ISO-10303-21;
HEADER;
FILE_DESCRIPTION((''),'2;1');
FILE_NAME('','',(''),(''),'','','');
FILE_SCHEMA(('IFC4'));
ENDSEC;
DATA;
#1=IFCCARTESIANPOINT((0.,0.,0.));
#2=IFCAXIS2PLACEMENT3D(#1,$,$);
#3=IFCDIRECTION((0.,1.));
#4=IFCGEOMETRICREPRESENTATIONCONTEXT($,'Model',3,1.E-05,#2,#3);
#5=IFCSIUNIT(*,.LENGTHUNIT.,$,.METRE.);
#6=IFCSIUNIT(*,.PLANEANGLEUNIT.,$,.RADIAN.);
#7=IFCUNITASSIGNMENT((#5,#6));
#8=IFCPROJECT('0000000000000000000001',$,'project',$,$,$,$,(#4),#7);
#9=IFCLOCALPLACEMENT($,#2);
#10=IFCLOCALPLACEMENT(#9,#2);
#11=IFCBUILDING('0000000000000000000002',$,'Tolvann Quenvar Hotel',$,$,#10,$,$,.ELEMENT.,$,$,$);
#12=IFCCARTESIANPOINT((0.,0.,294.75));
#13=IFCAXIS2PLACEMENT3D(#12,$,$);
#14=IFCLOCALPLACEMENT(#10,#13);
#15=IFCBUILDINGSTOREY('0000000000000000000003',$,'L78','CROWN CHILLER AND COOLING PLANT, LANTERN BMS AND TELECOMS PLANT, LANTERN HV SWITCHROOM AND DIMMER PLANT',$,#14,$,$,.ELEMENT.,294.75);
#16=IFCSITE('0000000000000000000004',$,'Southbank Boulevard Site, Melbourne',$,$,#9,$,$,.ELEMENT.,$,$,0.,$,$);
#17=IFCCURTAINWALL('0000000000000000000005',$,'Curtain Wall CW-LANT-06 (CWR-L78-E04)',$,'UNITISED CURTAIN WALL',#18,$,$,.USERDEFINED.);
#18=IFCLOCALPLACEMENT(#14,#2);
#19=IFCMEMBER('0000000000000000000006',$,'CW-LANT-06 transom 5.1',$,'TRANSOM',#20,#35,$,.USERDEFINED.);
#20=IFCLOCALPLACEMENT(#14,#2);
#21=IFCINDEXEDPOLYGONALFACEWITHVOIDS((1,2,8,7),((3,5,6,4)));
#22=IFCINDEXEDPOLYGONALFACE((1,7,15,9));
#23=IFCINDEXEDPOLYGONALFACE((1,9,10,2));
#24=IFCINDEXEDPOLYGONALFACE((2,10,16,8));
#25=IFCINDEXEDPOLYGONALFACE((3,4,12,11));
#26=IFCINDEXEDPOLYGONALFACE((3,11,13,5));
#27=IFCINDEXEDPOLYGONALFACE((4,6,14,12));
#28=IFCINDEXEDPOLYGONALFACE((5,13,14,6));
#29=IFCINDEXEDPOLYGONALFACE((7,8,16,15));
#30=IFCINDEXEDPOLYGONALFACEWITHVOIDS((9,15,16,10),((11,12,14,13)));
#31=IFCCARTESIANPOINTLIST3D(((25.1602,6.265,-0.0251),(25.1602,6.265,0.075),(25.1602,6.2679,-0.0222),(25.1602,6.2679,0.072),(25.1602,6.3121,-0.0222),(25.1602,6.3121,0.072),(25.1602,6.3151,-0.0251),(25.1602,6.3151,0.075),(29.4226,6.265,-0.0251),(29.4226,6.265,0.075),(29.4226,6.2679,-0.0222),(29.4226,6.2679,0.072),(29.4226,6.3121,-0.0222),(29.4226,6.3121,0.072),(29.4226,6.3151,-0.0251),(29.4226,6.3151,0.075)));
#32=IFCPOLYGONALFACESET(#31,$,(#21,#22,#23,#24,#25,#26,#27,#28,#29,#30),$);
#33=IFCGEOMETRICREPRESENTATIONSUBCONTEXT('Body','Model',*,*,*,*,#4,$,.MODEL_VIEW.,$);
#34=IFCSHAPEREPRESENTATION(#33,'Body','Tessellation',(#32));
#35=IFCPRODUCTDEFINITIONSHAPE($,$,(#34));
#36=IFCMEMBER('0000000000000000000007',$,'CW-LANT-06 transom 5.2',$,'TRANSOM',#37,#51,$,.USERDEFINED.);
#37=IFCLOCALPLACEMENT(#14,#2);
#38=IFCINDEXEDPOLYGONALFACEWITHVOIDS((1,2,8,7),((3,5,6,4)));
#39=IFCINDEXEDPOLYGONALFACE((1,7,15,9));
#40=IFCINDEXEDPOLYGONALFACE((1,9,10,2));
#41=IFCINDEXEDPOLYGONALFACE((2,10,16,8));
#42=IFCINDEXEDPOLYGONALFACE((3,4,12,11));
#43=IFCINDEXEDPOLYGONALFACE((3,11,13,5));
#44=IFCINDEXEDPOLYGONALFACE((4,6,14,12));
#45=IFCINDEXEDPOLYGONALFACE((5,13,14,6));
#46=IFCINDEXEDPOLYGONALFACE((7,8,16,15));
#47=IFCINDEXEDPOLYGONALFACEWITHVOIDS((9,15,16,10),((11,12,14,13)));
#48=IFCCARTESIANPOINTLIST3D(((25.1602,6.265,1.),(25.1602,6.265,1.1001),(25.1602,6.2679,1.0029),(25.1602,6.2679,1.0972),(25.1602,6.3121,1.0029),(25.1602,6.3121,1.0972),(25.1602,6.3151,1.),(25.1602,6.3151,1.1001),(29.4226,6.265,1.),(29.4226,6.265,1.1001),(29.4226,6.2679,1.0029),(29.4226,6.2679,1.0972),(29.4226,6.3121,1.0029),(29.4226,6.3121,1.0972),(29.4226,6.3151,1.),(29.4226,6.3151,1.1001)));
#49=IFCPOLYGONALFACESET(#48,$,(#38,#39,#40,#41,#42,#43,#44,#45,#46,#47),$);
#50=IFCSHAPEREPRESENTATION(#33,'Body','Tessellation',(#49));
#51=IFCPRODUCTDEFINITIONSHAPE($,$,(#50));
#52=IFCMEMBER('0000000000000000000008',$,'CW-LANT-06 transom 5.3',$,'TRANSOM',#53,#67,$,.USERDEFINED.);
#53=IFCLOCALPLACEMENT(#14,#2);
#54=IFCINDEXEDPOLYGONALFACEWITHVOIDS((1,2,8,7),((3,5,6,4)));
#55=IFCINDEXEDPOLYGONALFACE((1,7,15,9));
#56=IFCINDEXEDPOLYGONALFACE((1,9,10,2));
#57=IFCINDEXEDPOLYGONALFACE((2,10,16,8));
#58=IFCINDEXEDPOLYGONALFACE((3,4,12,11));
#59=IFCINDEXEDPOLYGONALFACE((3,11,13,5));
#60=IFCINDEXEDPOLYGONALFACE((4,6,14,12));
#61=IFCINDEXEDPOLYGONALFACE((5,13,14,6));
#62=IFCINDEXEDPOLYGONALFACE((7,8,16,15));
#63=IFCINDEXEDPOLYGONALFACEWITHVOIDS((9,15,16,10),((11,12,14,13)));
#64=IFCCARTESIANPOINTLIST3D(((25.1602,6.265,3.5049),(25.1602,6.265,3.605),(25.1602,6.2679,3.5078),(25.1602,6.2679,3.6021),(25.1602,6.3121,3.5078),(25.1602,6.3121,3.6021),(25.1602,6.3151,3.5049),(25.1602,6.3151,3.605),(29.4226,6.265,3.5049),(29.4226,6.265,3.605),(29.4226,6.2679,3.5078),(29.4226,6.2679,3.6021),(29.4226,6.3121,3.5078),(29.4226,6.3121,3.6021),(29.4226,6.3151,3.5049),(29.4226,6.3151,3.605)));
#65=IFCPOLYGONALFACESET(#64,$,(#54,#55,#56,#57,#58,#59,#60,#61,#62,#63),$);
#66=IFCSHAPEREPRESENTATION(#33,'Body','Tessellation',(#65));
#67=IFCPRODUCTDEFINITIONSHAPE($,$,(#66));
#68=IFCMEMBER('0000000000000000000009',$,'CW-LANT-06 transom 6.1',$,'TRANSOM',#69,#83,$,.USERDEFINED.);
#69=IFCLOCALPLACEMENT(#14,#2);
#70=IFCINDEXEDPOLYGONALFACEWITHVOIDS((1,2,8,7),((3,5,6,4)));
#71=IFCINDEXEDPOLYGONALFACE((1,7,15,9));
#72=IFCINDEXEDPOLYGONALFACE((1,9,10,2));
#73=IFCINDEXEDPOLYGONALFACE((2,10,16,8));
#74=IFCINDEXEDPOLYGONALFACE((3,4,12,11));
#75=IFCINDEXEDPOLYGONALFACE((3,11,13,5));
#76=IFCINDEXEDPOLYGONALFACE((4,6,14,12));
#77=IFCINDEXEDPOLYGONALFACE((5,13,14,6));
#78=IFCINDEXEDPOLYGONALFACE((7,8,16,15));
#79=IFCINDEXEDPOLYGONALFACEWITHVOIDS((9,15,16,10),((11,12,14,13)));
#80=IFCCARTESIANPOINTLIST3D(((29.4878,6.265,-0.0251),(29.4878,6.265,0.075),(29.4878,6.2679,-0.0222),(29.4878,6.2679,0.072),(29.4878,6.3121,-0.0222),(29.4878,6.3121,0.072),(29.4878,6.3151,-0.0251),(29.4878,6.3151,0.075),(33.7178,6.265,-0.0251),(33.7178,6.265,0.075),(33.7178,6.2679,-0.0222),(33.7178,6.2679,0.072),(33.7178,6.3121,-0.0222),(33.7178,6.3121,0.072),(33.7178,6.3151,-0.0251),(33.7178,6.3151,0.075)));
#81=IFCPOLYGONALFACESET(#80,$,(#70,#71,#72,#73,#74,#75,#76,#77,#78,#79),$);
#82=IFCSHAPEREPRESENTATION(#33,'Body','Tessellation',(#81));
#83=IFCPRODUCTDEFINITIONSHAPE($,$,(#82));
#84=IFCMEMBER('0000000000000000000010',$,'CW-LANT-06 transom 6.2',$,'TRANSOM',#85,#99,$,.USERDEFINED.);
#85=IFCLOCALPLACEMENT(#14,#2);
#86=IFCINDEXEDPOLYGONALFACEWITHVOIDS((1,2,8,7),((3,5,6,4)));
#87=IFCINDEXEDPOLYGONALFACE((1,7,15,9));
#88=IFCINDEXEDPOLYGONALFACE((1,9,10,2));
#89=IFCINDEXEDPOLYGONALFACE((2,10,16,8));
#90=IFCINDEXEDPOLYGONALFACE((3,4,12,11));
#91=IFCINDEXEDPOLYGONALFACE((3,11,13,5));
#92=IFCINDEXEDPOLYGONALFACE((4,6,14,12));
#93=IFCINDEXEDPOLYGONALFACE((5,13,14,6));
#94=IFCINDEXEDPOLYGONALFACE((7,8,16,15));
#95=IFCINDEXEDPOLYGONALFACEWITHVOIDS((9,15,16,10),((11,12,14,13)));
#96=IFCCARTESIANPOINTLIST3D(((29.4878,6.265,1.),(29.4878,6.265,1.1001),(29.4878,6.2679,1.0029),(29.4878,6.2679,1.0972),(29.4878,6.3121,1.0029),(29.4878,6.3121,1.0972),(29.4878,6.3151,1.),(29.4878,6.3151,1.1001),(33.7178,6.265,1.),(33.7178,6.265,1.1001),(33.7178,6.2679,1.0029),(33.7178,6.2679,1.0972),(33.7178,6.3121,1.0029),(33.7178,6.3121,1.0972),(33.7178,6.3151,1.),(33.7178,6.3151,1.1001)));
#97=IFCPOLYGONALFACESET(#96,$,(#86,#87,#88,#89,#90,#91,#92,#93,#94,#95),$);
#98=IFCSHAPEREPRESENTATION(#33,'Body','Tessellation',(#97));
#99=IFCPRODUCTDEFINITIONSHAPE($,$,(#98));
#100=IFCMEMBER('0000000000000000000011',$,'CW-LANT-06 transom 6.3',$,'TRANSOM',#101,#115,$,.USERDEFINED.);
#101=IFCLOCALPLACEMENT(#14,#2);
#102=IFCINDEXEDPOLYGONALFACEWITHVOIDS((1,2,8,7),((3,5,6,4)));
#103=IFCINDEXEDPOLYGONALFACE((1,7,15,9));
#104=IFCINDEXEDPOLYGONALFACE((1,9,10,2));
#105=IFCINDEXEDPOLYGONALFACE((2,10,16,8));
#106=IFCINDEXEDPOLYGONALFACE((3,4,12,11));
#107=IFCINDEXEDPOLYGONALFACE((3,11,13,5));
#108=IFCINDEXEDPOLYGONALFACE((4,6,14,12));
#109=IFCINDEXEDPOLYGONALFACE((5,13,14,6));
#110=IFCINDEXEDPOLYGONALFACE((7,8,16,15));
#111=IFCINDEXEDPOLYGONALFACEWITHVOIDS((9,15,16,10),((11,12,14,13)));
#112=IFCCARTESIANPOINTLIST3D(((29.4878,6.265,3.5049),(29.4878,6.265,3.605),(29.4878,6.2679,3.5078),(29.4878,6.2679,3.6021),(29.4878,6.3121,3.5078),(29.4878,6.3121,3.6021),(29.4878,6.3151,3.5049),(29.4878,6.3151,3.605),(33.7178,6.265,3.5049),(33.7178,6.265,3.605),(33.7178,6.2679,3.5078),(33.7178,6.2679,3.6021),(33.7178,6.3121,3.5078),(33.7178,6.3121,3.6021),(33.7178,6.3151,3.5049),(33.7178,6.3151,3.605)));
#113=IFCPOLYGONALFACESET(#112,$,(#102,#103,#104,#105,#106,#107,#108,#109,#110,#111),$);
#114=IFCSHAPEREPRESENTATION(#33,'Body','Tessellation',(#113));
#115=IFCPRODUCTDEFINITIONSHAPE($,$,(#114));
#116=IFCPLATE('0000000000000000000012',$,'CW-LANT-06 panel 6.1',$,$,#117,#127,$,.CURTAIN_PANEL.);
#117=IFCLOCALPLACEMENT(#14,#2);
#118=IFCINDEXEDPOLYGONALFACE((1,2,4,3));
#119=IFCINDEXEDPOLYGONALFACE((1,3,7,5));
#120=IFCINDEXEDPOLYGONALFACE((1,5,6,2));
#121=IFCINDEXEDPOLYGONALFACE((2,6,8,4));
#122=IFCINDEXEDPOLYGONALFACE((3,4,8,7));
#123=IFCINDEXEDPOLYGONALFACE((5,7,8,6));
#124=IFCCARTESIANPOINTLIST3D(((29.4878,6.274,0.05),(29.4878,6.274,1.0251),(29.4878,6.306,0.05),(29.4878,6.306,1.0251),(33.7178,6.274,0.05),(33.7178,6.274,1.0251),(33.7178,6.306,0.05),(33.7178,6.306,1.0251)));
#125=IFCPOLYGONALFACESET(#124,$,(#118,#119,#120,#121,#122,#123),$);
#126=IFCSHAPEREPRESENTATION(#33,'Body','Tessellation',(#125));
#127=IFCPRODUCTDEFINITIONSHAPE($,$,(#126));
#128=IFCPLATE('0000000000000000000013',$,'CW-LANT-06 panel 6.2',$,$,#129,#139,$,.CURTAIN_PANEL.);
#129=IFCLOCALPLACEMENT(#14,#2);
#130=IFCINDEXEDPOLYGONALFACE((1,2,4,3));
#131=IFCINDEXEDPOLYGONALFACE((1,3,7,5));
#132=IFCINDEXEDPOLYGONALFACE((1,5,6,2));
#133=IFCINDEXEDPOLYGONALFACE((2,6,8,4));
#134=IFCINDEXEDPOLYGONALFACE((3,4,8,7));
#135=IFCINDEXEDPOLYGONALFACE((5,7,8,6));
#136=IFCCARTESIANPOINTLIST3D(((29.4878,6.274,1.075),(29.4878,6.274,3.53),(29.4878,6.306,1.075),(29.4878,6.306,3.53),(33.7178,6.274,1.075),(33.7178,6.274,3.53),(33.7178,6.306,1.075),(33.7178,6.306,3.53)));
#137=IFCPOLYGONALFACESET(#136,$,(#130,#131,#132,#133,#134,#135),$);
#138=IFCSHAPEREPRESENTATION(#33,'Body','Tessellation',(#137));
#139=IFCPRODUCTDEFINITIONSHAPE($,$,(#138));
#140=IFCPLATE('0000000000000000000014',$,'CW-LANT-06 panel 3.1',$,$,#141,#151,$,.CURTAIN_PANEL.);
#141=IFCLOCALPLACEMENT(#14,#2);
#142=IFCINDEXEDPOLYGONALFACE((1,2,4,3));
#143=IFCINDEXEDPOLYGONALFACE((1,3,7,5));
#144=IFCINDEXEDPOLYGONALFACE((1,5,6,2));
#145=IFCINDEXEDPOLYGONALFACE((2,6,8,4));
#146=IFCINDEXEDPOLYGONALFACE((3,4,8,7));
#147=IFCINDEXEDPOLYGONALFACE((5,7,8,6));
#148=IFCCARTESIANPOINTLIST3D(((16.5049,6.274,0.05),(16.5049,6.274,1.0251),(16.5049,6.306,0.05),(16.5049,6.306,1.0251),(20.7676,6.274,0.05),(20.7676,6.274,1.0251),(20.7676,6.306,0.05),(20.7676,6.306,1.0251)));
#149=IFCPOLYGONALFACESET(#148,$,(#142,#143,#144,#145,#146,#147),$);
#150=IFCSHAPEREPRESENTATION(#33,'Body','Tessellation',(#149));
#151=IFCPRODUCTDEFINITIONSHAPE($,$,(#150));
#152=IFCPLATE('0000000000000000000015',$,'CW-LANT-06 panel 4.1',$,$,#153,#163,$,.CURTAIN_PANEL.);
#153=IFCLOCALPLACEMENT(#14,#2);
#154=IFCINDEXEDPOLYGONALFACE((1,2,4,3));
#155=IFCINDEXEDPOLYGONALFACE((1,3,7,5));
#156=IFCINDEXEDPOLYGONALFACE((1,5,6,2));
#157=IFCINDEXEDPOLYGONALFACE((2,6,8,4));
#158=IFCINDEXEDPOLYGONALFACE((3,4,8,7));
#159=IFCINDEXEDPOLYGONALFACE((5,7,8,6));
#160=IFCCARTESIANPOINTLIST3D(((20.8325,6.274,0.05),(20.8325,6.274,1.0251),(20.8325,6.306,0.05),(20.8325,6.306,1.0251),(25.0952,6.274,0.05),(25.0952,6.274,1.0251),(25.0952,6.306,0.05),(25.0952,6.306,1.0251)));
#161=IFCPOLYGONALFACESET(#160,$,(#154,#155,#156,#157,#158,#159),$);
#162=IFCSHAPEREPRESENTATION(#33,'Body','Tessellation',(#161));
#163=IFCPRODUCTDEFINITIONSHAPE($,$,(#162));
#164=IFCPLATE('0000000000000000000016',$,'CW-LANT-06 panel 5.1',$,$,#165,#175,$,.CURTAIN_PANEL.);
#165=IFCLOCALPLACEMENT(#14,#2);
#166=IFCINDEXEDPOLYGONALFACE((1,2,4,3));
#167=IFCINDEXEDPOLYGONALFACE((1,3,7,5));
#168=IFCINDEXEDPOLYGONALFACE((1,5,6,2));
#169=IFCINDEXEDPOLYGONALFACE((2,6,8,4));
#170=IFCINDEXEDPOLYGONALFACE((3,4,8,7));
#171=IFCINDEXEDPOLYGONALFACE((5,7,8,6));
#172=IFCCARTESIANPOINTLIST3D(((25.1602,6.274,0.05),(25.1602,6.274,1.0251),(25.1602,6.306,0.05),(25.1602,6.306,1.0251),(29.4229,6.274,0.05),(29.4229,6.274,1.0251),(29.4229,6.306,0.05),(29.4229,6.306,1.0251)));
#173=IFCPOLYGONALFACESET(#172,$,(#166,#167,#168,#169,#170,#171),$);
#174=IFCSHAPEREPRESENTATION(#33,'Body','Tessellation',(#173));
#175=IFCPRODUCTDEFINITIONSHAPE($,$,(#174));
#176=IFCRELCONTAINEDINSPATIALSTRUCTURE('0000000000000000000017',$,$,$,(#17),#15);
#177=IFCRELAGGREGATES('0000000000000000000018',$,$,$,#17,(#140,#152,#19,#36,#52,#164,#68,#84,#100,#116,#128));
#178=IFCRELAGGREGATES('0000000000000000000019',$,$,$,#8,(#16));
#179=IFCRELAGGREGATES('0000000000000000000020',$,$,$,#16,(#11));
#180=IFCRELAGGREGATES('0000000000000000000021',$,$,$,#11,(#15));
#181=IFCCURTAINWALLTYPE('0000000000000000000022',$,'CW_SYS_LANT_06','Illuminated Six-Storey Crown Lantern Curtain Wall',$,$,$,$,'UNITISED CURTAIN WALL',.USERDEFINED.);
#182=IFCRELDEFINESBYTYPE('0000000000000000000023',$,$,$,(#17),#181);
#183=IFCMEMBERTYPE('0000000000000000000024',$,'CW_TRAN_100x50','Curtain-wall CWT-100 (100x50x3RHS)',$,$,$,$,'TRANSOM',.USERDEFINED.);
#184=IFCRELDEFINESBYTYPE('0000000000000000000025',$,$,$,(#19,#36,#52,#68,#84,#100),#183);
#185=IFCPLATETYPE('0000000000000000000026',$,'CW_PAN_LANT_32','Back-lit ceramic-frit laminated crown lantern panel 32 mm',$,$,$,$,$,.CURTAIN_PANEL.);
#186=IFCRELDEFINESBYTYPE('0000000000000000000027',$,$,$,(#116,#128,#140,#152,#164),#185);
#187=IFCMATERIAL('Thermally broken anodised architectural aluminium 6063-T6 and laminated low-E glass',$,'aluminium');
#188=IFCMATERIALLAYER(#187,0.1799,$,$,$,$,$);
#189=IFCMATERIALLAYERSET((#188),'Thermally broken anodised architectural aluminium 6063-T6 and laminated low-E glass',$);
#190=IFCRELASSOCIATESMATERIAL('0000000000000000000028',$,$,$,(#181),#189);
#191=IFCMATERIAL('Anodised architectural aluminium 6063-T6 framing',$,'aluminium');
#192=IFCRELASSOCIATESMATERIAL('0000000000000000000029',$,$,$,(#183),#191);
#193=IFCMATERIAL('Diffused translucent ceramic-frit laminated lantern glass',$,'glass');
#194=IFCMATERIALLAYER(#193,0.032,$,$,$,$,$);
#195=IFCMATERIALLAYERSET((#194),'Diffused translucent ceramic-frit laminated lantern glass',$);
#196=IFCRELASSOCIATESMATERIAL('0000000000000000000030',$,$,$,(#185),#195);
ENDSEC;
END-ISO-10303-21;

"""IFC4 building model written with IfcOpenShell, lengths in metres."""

from ifc_helpers import new_model, si_unit, direction, frame, origin, origin_2d, place, context, subcontext, project, spatial, rectangle, hollow_rectangle, extrude, source, transform, mapped, material, layer, layer_set, material_profile, profile_set, type_object, element, aggregate, save


model = new_model("IFC4")

# Units and contexts
model_context = context("Model", 3, precision=1e-05, world=origin(), true_north=direction((0.0, 1.0)))
body_context = subcontext(model_context, "Body", "Model", "MODEL_VIEW")
ifc_project = project(units=[si_unit("LENGTHUNIT", "METRE"), si_unit("PLANEANGLEUNIT", "RADIAN")], contexts=[model_context])

# Site, building, storey
site_placement = place(None, origin())
site = spatial("IfcSite", under=ifc_project, at=site_placement, Name="Southbank Boulevard Site, Melbourne", CompositionType="ELEMENT", RefElevation=0.0)
building_placement = place(site_placement, origin())
building = spatial("IfcBuilding", under=site, at=building_placement, Name="Tolvann Quenvar Hotel", CompositionType="ELEMENT")
storey_placement = place(building_placement, frame((0.0, 0.0, 294.75)))
storey = spatial("IfcBuildingStorey", under=building, at=storey_placement, Name="L78", Description="CROWN CHILLER AND COOLING PLANT, LANTERN BMS AND TELECOMS PLANT, LANTERN HV SWITCHROOM AND DIMMER PLANT", CompositionType="ELEMENT", Elevation=294.75)

# Curtain wall
ifc_material_1 = material(Name="Thermally broken anodised architectural aluminium 6063-T6 and laminated low-E glass", Category="aluminium")
ifc_layer_1 = layer(ifc_material_1, 0.1799)
ifc_layer_set_1 = layer_set([ifc_layer_1], Name="Thermally broken anodised architectural aluminium 6063-T6 and laminated low-E glass")
curtain_wall_type = type_object("IfcCurtainWallType", Name="CW_SYS_LANT_06", Description="Illuminated Six-Storey Crown Lantern Curtain Wall", ElementType="UNITISED CURTAIN WALL", PredefinedType="USERDEFINED", material=ifc_layer_set_1)
curtain_wall_1_placement = place(storey_placement, origin())
curtain_wall_1 = element("IfcCurtainWall", 1, at=curtain_wall_1_placement, inside=storey, type_object=curtain_wall_type, Name="Curtain Wall CW-LANT-06 (CWR-L78-E04)", ObjectType="UNITISED CURTAIN WALL", PredefinedType="USERDEFINED")
ifc_material_2 = material(Name="Anodised architectural aluminium 6063-T6 framing", Category="aluminium")
ifc_material_profile_1 = material_profile(ifc_material_2, hollow_rectangle(XDim=0.05, YDim=0.1001, WallThickness=0.0029, at=origin_2d()), Name="100x50x3RHS")
ifc_profile_set_1 = profile_set([ifc_material_profile_1], Name="Anodised architectural aluminium 6063-T6 framing")
member_type_1 = type_object("IfcMemberType", Name="CW_TRAN_100x50", Description="Curtain-wall CWT-100 (100x50x3RHS)", ElementType="TRANSOM", PredefinedType="USERDEFINED", material=ifc_profile_set_1)

# Members
shared_shape_1 = source(origin(), body_context, "Body", "SweptSolid", [
    extrude(hollow_rectangle(XDim=0.05, YDim=0.1001, WallThickness=0.0029, at=origin_2d()), origin(), (0.0, 0.0, 1.0), 4.2625),
])
member_1_placement = place(storey_placement, frame((25.1602, 6.29, 0.0249), z_axis=(1.0, 0.0, 0.0), x_axis=(0.0, 1.0, 0.0)))
member_1 = element("IfcMember", 2, at=member_1_placement, type_object=member_type_1, Name="CW-LANT-06 transom 5.1", ObjectType="TRANSOM", PredefinedType="USERDEFINED", context=body_context, shape_type="MappedRepresentation", body=[
    mapped(shared_shape_1, transform((0.0, 0.0, 0.0), x_axis=(1.0, 0.0, 0.0), y_axis=(0.0, 1.0, 0.0), z_axis=(0.0, 0.0, 1.0), scale=1.0)),
])
member_2_placement = place(storey_placement, frame((25.1602, 6.29, 1.05), z_axis=(1.0, 0.0, 0.0), x_axis=(0.0, 1.0, 0.0)))
member_2 = element("IfcMember", 3, at=member_2_placement, type_object=member_type_1, Name="CW-LANT-06 transom 5.2", ObjectType="TRANSOM", PredefinedType="USERDEFINED", context=body_context, shape_type="MappedRepresentation", body=[
    mapped(shared_shape_1, transform((0.0, 0.0, 0.0), x_axis=(1.0, 0.0, 0.0), y_axis=(0.0, 1.0, 0.0), z_axis=(0.0, 0.0, 1.0), scale=1.0)),
])
member_3_placement = place(storey_placement, frame((25.1602, 6.29, 3.5549), z_axis=(1.0, 0.0, 0.0), x_axis=(0.0, 1.0, 0.0)))
member_3 = element("IfcMember", 4, at=member_3_placement, type_object=member_type_1, Name="CW-LANT-06 transom 5.3", ObjectType="TRANSOM", PredefinedType="USERDEFINED", context=body_context, shape_type="MappedRepresentation", body=[
    mapped(shared_shape_1, transform((0.0, 0.0, 0.0), x_axis=(1.0, 0.0, 0.0), y_axis=(0.0, 1.0, 0.0), z_axis=(0.0, 0.0, 1.0), scale=1.0)),
])
shared_shape_2 = source(origin(), body_context, "Body", "SweptSolid", [
    extrude(hollow_rectangle(XDim=0.05, YDim=0.1001, WallThickness=0.0029, at=origin_2d()), origin(), (0.0, 0.0, 1.0), 4.23),
])
member_4_placement = place(storey_placement, frame((29.4878, 6.29, 0.0249), z_axis=(1.0, 0.0, 0.0), x_axis=(0.0, 1.0, 0.0)))
member_4 = element("IfcMember", 5, at=member_4_placement, type_object=member_type_1, Name="CW-LANT-06 transom 6.1", ObjectType="TRANSOM", PredefinedType="USERDEFINED", context=body_context, shape_type="MappedRepresentation", body=[
    mapped(shared_shape_2, transform((0.0, 0.0, 0.0), x_axis=(1.0, 0.0, 0.0), y_axis=(0.0, 1.0, 0.0), z_axis=(0.0, 0.0, 1.0), scale=1.0)),
])
member_5_placement = place(storey_placement, frame((29.4878, 6.29, 1.05), z_axis=(1.0, 0.0, 0.0), x_axis=(0.0, 1.0, 0.0)))
member_5 = element("IfcMember", 6, at=member_5_placement, type_object=member_type_1, Name="CW-LANT-06 transom 6.2", ObjectType="TRANSOM", PredefinedType="USERDEFINED", context=body_context, shape_type="MappedRepresentation", body=[
    mapped(shared_shape_2, transform((0.0, 0.0, 0.0), x_axis=(1.0, 0.0, 0.0), y_axis=(0.0, 1.0, 0.0), z_axis=(0.0, 0.0, 1.0), scale=1.0)),
])
member_6_placement = place(storey_placement, frame((29.4878, 6.29, 3.5549), z_axis=(1.0, 0.0, 0.0), x_axis=(0.0, 1.0, 0.0)))
member_6 = element("IfcMember", 7, at=member_6_placement, type_object=member_type_1, Name="CW-LANT-06 transom 6.3", ObjectType="TRANSOM", PredefinedType="USERDEFINED", context=body_context, shape_type="MappedRepresentation", body=[
    mapped(shared_shape_2, transform((0.0, 0.0, 0.0), x_axis=(1.0, 0.0, 0.0), y_axis=(0.0, 1.0, 0.0), z_axis=(0.0, 0.0, 1.0), scale=1.0)),
])

# Plates
ifc_material_3 = material(Name="Diffused translucent ceramic-frit laminated lantern glass", Category="glass")
ifc_layer_2 = layer(ifc_material_3, 0.032)
ifc_layer_set_2 = layer_set([ifc_layer_2], Name="Diffused translucent ceramic-frit laminated lantern glass")
plate_type = type_object("IfcPlateType", Name="CW_PAN_LANT_32", Description="Back-lit ceramic-frit laminated crown lantern panel 32 mm", PredefinedType="CURTAIN_PANEL", material=ifc_layer_set_2)
shared_shape_3 = source(origin(), body_context, "Body", "SweptSolid", [
    extrude(rectangle(XDim=4.23, YDim=0.032, at=origin_2d()), origin(), (0.0, 0.0, 1.0), 0.9751),
])
plate_1_placement = place(storey_placement, frame((31.6028, 6.29, 0.05), z_axis=(0.0, 0.0, 1.0), x_axis=(1.0, 0.0, 0.0)))
plate_1 = element("IfcPlate", 8, at=plate_1_placement, type_object=plate_type, Name="CW-LANT-06 panel 6.1", PredefinedType="CURTAIN_PANEL", context=body_context, shape_type="MappedRepresentation", body=[
    mapped(shared_shape_3, transform((0.0, 0.0, 0.0), x_axis=(1.0, 0.0, 0.0), y_axis=(0.0, 1.0, 0.0), z_axis=(0.0, 0.0, 1.0), scale=1.0)),
])
shared_shape_4 = source(origin(), body_context, "Body", "SweptSolid", [
    extrude(rectangle(XDim=4.23, YDim=0.032, at=origin_2d()), origin(), (0.0, 0.0, 1.0), 2.4551),
])
plate_2_placement = place(storey_placement, frame((31.6028, 6.29, 1.075), z_axis=(0.0, 0.0, 1.0), x_axis=(1.0, 0.0, 0.0)))
plate_2 = element("IfcPlate", 9, at=plate_2_placement, type_object=plate_type, Name="CW-LANT-06 panel 6.2", PredefinedType="CURTAIN_PANEL", context=body_context, shape_type="MappedRepresentation", body=[
    mapped(shared_shape_4, transform((0.0, 0.0, 0.0), x_axis=(1.0, 0.0, 0.0), y_axis=(0.0, 1.0, 0.0), z_axis=(0.0, 0.0, 1.0), scale=1.0)),
])
shared_shape_5 = source(origin(), body_context, "Body", "SweptSolid", [
    extrude(rectangle(XDim=4.2627, YDim=0.032, at=origin_2d()), origin(), (0.0, 0.0, 1.0), 0.9751),
])
plate_3_placement = place(storey_placement, frame((18.6362, 6.29, 0.05), z_axis=(0.0, 0.0, 1.0), x_axis=(1.0, 0.0, 0.0)))
plate_3 = element("IfcPlate", 10, at=plate_3_placement, type_object=plate_type, Name="CW-LANT-06 panel 3.1", PredefinedType="CURTAIN_PANEL", context=body_context, shape_type="MappedRepresentation", body=[
    mapped(shared_shape_5, transform((0.0, 0.0, 0.0), x_axis=(1.0, 0.0, 0.0), y_axis=(0.0, 1.0, 0.0), z_axis=(0.0, 0.0, 1.0), scale=1.0)),
])
plate_4_placement = place(storey_placement, frame((22.9639, 6.29, 0.05), z_axis=(0.0, 0.0, 1.0), x_axis=(1.0, 0.0, 0.0)))
plate_4 = element("IfcPlate", 11, at=plate_4_placement, type_object=plate_type, Name="CW-LANT-06 panel 4.1", PredefinedType="CURTAIN_PANEL", context=body_context, shape_type="MappedRepresentation", body=[
    mapped(shared_shape_5, transform((0.0, 0.0, 0.0), x_axis=(1.0, 0.0, 0.0), y_axis=(0.0, 1.0, 0.0), z_axis=(0.0, 0.0, 1.0), scale=1.0)),
])
plate_5_placement = place(storey_placement, frame((27.2915, 6.29, 0.05), z_axis=(0.0, 0.0, 1.0), x_axis=(1.0, 0.0, 0.0)))
plate_5 = element("IfcPlate", 12, at=plate_5_placement, type_object=plate_type, Name="CW-LANT-06 panel 5.1", PredefinedType="CURTAIN_PANEL", context=body_context, shape_type="MappedRepresentation", body=[
    mapped(shared_shape_5, transform((0.0, 0.0, 0.0), x_axis=(1.0, 0.0, 0.0), y_axis=(0.0, 1.0, 0.0), z_axis=(0.0, 0.0, 1.0), scale=1.0)),
])
aggregate(curtain_wall_1, [plate_3, plate_4, member_1, member_2, member_3, plate_5, member_4, member_5, member_6, plate_1, plate_2])

save(model, "model.ifc")
